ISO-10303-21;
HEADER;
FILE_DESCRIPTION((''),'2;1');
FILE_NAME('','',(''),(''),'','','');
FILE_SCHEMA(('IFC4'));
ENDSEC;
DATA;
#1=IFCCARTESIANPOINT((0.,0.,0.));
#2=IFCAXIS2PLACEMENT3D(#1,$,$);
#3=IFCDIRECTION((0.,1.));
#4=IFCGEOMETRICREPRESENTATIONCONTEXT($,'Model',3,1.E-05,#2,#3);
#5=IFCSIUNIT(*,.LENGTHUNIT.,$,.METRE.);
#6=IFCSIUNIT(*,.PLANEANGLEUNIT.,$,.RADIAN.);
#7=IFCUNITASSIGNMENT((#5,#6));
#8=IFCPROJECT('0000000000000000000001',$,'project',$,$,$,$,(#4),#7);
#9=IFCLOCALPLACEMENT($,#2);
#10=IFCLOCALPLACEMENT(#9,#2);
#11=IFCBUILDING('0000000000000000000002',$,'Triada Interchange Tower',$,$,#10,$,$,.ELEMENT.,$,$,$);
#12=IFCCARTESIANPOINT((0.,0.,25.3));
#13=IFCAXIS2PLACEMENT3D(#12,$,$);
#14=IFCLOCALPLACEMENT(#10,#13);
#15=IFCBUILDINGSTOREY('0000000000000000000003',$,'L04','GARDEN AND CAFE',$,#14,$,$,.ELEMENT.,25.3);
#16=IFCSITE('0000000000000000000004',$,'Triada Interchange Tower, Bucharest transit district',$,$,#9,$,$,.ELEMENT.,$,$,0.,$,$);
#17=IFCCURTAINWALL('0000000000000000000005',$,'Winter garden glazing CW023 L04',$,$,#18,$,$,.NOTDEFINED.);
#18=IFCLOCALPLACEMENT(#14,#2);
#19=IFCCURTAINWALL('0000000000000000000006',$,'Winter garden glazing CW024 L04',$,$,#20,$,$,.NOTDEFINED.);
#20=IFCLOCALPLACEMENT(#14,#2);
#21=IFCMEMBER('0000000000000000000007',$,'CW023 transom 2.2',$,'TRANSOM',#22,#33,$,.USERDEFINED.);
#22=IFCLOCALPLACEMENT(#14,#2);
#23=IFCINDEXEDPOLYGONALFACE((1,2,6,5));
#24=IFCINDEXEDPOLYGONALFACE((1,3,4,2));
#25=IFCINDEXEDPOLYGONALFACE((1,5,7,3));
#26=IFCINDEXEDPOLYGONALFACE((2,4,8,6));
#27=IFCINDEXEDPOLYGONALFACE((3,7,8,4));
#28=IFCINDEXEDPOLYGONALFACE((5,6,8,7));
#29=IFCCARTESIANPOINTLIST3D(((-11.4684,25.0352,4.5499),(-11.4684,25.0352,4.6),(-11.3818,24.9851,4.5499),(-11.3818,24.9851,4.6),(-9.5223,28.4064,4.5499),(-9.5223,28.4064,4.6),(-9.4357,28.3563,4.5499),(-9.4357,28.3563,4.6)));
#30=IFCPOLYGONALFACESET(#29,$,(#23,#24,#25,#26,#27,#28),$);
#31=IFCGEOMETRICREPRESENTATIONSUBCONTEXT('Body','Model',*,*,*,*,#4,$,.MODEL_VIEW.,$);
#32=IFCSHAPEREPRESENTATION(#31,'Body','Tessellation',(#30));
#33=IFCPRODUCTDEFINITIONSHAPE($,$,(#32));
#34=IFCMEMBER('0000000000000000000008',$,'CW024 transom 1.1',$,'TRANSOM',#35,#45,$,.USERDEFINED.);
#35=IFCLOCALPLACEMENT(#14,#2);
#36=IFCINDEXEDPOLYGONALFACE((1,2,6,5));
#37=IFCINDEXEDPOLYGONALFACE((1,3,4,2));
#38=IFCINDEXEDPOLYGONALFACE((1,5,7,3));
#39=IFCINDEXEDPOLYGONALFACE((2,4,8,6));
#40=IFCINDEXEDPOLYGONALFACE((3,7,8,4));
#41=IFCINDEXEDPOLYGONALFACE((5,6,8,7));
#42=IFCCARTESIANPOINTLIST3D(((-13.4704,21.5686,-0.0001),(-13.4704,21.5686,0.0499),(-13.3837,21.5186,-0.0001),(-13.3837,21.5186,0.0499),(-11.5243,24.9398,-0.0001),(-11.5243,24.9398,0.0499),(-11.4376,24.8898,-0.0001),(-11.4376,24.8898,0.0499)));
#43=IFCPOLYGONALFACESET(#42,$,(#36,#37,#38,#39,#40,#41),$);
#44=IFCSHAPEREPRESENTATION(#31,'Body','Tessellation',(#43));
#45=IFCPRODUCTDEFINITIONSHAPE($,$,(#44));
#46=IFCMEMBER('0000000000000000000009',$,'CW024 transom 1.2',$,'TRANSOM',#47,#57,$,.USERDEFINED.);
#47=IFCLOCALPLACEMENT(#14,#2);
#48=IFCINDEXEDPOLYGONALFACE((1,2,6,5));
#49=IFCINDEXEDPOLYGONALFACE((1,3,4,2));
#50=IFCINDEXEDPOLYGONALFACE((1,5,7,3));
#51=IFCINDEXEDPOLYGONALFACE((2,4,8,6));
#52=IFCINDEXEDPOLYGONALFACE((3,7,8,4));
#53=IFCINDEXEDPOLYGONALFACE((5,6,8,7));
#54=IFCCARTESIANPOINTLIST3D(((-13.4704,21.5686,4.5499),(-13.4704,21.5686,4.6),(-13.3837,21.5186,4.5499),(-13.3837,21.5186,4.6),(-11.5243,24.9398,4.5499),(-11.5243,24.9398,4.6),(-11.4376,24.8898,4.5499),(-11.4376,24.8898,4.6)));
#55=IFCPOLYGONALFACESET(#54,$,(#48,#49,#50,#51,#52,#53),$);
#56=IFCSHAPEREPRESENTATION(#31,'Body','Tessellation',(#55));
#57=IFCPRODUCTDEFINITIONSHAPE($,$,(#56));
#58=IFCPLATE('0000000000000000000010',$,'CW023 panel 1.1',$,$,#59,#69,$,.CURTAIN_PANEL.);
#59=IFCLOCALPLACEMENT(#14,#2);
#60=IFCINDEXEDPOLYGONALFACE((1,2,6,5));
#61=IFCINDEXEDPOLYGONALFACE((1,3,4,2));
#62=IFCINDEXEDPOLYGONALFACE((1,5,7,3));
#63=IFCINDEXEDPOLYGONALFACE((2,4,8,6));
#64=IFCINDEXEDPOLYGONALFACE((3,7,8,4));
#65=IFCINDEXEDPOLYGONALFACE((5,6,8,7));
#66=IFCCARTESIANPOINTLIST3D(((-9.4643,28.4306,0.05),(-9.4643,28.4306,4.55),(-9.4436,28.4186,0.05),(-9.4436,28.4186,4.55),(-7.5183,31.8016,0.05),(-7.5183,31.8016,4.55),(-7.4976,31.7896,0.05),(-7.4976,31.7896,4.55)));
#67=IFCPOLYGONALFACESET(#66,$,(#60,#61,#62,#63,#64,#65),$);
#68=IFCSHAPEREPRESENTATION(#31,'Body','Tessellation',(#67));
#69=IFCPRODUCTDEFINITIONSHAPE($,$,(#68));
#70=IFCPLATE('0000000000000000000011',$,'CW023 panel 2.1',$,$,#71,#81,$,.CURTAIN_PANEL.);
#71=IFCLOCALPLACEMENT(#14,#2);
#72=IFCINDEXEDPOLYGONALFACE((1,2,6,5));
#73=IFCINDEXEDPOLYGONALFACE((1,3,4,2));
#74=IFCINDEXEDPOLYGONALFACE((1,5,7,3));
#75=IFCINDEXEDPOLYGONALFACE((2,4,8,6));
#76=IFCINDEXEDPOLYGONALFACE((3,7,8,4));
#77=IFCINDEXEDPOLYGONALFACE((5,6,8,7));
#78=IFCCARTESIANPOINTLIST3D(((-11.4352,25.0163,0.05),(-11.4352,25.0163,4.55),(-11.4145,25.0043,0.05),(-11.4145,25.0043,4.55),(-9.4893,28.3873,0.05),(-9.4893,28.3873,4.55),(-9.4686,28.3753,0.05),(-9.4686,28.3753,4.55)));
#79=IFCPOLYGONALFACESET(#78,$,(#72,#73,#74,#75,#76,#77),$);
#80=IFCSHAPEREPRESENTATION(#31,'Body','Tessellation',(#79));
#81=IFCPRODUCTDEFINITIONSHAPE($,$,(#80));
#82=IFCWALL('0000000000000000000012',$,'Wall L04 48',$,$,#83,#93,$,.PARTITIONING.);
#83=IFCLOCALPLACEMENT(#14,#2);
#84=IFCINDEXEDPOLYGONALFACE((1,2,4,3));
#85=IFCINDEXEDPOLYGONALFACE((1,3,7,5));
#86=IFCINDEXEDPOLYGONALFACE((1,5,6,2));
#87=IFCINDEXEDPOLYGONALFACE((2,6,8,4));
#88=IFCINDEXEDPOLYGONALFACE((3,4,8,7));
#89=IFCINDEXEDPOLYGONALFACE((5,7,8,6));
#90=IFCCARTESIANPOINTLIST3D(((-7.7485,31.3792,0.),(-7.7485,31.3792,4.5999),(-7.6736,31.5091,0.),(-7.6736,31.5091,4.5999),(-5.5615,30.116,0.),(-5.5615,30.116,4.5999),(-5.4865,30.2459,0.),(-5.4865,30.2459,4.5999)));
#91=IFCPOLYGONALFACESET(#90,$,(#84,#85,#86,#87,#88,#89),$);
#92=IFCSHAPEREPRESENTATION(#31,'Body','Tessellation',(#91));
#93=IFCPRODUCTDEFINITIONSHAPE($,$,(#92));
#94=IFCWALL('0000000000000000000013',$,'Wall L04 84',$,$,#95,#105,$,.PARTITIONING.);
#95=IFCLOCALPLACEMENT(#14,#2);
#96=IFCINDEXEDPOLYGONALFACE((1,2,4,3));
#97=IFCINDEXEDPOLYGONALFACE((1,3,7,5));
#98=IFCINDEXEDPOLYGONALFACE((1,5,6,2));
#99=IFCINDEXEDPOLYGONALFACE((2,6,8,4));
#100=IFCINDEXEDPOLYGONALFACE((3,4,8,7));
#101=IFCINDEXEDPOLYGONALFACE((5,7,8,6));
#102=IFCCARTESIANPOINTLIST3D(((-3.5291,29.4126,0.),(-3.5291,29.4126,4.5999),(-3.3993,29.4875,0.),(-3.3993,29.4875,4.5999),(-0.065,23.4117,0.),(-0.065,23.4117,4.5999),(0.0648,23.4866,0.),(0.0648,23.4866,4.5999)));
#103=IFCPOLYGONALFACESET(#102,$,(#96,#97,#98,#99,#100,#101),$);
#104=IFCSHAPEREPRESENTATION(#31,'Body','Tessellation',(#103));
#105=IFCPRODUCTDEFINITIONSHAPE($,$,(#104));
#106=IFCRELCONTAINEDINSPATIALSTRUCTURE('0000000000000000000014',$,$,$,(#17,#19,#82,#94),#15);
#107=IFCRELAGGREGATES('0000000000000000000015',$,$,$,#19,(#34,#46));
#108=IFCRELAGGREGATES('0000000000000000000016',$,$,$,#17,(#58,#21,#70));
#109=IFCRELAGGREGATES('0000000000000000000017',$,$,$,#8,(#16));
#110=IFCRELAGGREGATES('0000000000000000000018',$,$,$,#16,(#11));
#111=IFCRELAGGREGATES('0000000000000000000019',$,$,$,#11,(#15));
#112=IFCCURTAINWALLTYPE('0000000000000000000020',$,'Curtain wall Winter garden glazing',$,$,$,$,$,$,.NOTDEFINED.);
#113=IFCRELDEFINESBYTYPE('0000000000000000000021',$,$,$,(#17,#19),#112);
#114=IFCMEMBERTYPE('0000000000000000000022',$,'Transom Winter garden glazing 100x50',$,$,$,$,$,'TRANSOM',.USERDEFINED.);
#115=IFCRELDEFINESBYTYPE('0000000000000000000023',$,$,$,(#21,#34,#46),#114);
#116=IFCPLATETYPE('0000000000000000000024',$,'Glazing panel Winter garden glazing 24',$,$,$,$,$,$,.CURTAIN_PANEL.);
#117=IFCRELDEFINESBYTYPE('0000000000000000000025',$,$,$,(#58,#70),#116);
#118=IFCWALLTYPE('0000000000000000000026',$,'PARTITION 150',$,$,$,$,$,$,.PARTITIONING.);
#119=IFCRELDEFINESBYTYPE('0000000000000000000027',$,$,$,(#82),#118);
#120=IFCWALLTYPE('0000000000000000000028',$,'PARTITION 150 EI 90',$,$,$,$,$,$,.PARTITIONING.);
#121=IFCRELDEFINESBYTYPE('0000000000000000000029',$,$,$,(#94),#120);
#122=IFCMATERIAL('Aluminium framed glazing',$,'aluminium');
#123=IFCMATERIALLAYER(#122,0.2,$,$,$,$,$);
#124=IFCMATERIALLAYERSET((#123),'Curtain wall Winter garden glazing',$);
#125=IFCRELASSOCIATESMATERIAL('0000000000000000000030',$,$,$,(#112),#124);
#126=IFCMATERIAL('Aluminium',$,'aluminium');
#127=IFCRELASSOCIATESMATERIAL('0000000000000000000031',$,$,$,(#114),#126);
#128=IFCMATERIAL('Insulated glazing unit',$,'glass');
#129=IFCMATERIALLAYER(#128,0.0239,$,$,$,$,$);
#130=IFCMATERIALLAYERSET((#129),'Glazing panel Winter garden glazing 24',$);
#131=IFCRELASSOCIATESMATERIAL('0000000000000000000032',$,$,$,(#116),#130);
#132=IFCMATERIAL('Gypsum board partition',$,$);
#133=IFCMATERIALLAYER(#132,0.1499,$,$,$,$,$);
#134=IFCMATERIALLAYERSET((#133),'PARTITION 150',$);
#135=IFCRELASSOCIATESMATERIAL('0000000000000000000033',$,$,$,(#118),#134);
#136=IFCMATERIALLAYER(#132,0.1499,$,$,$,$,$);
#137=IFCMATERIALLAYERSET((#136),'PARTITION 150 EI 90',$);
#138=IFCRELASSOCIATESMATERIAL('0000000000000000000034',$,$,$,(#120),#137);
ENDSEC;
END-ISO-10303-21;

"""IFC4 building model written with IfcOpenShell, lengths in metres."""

from ifc_helpers import new_model, si_unit, direction, frame, frame_2d, origin, origin_2d, place, context, subcontext, project, spatial, rectangle, extrude, material, layer, layer_set, material_profile, profile_set, type_object, element, aggregate, save


model = new_model("IFC4")

# Units and contexts
model_context = context("Model", 3, precision=1e-05, world=origin(), true_north=direction((0.0, 1.0)))
body_context = subcontext(model_context, "Body", "Model", "MODEL_VIEW")
ifc_project = project(units=[si_unit("LENGTHUNIT", "METRE"), si_unit("PLANEANGLEUNIT", "RADIAN")], contexts=[model_context])

# Site, building, storey
site_placement = place(None, origin())
site = spatial("IfcSite", under=ifc_project, at=site_placement, Name="Triada Interchange Tower, Bucharest transit district", CompositionType="ELEMENT", RefElevation=0.0)
building_placement = place(site_placement, origin())
building = spatial("IfcBuilding", under=site, at=building_placement, Name="Triada Interchange Tower", CompositionType="ELEMENT")
storey_placement = place(building_placement, frame((0.0, 0.0, 25.3)))
storey = spatial("IfcBuildingStorey", under=building, at=storey_placement, Name="L04", Description="GARDEN AND CAFE", CompositionType="ELEMENT", Elevation=25.3)

# Shared definitions
ifc_material_1 = material(Name="Aluminium framed glazing", Category="aluminium")
ifc_layer_1 = layer(ifc_material_1, 0.2)
ifc_layer_set_1 = layer_set([ifc_layer_1], Name="Curtain wall Winter garden glazing")
curtain_wall_type = type_object("IfcCurtainWallType", Name="Curtain wall Winter garden glazing", PredefinedType="NOTDEFINED", material=ifc_layer_set_1)
ifc_material_2 = material(Name="Aluminium", Category="aluminium")

# Curtain wall
curtain_wall_1_placement = place(storey_placement, origin())
curtain_wall_1 = element("IfcCurtainWall", 1, at=curtain_wall_1_placement, inside=storey, type_object=curtain_wall_type, Name="Winter garden glazing CW023 L04", PredefinedType="NOTDEFINED")

# Curtain wall
curtain_wall_2_placement = place(storey_placement, origin())
curtain_wall_2 = element("IfcCurtainWall", 2, at=curtain_wall_2_placement, inside=storey, type_object=curtain_wall_type, Name="Winter garden glazing CW024 L04", PredefinedType="NOTDEFINED")

# Members
ifc_material_profile_1 = material_profile(ifc_material_2, rectangle(XDim=0.1001, YDim=0.05, at=origin_2d()), Name="Aluminium transom")
ifc_profile_set_1 = profile_set([ifc_material_profile_1], Name="Aluminium")
member_type_1 = type_object("IfcMemberType", Name="Transom Winter garden glazing 100x50", ElementType="TRANSOM", PredefinedType="USERDEFINED", material=ifc_profile_set_1)
member_1_placement = place(storey_placement, frame((-9.479, 28.3813, 4.575), z_axis=(-0.49995, -0.866054, 0.0), x_axis=(0.866054, -0.49995, 0.0)))
member_1 = element("IfcMember", 3, at=member_1_placement, type_object=member_type_1, Name="CW023 transom 2.2", ObjectType="TRANSOM", PredefinedType="USERDEFINED", context=body_context, shape_type="SweptSolid", body=[
    extrude(rectangle(XDim=0.1001, YDim=0.05, at=origin_2d()), origin(), (0.0, 0.0, 1.0), 3.8926),
])
member_2_placement = place(storey_placement, frame((-11.481, 24.9148, 0.0249), z_axis=(-0.49995, -0.866054, 0.0), x_axis=(0.866054, -0.49995, 0.0)))
member_2 = element("IfcMember", 4, at=member_2_placement, type_object=member_type_1, Name="CW024 transom 1.1", ObjectType="TRANSOM", PredefinedType="USERDEFINED", context=body_context, shape_type="SweptSolid", body=[
    extrude(rectangle(XDim=0.1001, YDim=0.05, at=origin_2d()), origin(), (0.0, 0.0, 1.0), 3.8926),
])
member_3_placement = place(storey_placement, frame((-11.481, 24.9148, 4.575), z_axis=(-0.49995, -0.866054, 0.0), x_axis=(0.866054, -0.49995, 0.0)))
member_3 = element("IfcMember", 5, at=member_3_placement, type_object=member_type_1, Name="CW024 transom 1.2", ObjectType="TRANSOM", PredefinedType="USERDEFINED", context=body_context, shape_type="SweptSolid", body=[
    extrude(rectangle(XDim=0.1001, YDim=0.05, at=origin_2d()), origin(), (0.0, 0.0, 1.0), 3.8926),
])
aggregate(curtain_wall_2, [member_2, member_3])

# Plates
ifc_material_3 = material(Name="Insulated glazing unit", Category="glass")
ifc_layer_2 = layer(ifc_material_3, 0.0239)
ifc_layer_set_2 = layer_set([ifc_layer_2], Name="Glazing panel Winter garden glazing 24")
plate_type = type_object("IfcPlateType", Name="Glazing panel Winter garden glazing 24", PredefinedType="CURTAIN_PANEL", material=ifc_layer_set_2)
plate_1_placement = place(storey_placement, frame((-8.481, 30.1101, 0.05), z_axis=(0.0, 0.0, 1.0), x_axis=(-0.499948, -0.866055, 0.0)))
plate_1 = element("IfcPlate", 6, at=plate_1_placement, type_object=plate_type, Name="CW023 panel 1.1", PredefinedType="CURTAIN_PANEL", context=body_context, shape_type="SweptSolid", body=[
    extrude(rectangle(XDim=3.8923, YDim=0.0239, at=origin_2d()), origin(), (0.0, 0.0, 1.0), 4.5),
])
plate_2_placement = place(storey_placement, frame((-10.4519, 26.6958, 0.05), z_axis=(0.0, 0.0, 1.0), x_axis=(-0.499948, -0.866055, 0.0)))
plate_2 = element("IfcPlate", 7, at=plate_2_placement, type_object=plate_type, Name="CW023 panel 2.1", PredefinedType="CURTAIN_PANEL", context=body_context, shape_type="SweptSolid", body=[
    extrude(rectangle(XDim=3.8923, YDim=0.0239, at=origin_2d()), origin(), (0.0, 0.0, 1.0), 4.5),
])
aggregate(curtain_wall_1, [plate_1, member_1, plate_2])

# Walls
ifc_material_4 = material(Name="Gypsum board partition")
ifc_layer_3 = layer(ifc_material_4, 0.1499)
ifc_layer_set_3 = layer_set([ifc_layer_3], Name="PARTITION 150")
wall_type_1 = type_object("IfcWallType", Name="PARTITION 150", PredefinedType="PARTITIONING", material=ifc_layer_set_3)
wall_1_placement = place(storey_placement, frame((-7.7109, 31.4441, 0.0), z_axis=(0.0, 0.0, 1.0), x_axis=(0.865938, -0.500152, 0.0)))
element("IfcWall", 8, at=wall_1_placement, inside=storey, type_object=wall_type_1, Name="Wall L04 48", PredefinedType="PARTITIONING", context=body_context, shape_type="SweptSolid", body=[
    extrude(rectangle(XDim=2.5256, YDim=0.1499, at=frame_2d((1.2627, 0.0))), origin(), (0.0, 0.0, 1.0), 4.5999),
])
ifc_layer_4 = layer(ifc_material_4, 0.1499)
ifc_layer_set_4 = layer_set([ifc_layer_4], Name="PARTITION 150 EI 90")
wall_type_2 = type_object("IfcWallType", Name="PARTITION 150 EI 90", PredefinedType="PARTITIONING", material=ifc_layer_set_4)
wall_2_placement = place(storey_placement, frame((-3.4641, 29.45, 0.0), z_axis=(0.0, 0.0, 1.0), x_axis=(0.49994, -0.86606, 0.0)))
element("IfcWall", 9, at=wall_2_placement, inside=storey, type_object=wall_type_2, Name="Wall L04 84", PredefinedType="PARTITIONING", context=body_context, shape_type="SweptSolid", body=[
    extrude(rectangle(XDim=6.929, YDim=0.1499, at=frame_2d((3.4644, 0.0))), origin(), (0.0, 0.0, 1.0), 4.5999),
])

save(model, "model.ifc")
